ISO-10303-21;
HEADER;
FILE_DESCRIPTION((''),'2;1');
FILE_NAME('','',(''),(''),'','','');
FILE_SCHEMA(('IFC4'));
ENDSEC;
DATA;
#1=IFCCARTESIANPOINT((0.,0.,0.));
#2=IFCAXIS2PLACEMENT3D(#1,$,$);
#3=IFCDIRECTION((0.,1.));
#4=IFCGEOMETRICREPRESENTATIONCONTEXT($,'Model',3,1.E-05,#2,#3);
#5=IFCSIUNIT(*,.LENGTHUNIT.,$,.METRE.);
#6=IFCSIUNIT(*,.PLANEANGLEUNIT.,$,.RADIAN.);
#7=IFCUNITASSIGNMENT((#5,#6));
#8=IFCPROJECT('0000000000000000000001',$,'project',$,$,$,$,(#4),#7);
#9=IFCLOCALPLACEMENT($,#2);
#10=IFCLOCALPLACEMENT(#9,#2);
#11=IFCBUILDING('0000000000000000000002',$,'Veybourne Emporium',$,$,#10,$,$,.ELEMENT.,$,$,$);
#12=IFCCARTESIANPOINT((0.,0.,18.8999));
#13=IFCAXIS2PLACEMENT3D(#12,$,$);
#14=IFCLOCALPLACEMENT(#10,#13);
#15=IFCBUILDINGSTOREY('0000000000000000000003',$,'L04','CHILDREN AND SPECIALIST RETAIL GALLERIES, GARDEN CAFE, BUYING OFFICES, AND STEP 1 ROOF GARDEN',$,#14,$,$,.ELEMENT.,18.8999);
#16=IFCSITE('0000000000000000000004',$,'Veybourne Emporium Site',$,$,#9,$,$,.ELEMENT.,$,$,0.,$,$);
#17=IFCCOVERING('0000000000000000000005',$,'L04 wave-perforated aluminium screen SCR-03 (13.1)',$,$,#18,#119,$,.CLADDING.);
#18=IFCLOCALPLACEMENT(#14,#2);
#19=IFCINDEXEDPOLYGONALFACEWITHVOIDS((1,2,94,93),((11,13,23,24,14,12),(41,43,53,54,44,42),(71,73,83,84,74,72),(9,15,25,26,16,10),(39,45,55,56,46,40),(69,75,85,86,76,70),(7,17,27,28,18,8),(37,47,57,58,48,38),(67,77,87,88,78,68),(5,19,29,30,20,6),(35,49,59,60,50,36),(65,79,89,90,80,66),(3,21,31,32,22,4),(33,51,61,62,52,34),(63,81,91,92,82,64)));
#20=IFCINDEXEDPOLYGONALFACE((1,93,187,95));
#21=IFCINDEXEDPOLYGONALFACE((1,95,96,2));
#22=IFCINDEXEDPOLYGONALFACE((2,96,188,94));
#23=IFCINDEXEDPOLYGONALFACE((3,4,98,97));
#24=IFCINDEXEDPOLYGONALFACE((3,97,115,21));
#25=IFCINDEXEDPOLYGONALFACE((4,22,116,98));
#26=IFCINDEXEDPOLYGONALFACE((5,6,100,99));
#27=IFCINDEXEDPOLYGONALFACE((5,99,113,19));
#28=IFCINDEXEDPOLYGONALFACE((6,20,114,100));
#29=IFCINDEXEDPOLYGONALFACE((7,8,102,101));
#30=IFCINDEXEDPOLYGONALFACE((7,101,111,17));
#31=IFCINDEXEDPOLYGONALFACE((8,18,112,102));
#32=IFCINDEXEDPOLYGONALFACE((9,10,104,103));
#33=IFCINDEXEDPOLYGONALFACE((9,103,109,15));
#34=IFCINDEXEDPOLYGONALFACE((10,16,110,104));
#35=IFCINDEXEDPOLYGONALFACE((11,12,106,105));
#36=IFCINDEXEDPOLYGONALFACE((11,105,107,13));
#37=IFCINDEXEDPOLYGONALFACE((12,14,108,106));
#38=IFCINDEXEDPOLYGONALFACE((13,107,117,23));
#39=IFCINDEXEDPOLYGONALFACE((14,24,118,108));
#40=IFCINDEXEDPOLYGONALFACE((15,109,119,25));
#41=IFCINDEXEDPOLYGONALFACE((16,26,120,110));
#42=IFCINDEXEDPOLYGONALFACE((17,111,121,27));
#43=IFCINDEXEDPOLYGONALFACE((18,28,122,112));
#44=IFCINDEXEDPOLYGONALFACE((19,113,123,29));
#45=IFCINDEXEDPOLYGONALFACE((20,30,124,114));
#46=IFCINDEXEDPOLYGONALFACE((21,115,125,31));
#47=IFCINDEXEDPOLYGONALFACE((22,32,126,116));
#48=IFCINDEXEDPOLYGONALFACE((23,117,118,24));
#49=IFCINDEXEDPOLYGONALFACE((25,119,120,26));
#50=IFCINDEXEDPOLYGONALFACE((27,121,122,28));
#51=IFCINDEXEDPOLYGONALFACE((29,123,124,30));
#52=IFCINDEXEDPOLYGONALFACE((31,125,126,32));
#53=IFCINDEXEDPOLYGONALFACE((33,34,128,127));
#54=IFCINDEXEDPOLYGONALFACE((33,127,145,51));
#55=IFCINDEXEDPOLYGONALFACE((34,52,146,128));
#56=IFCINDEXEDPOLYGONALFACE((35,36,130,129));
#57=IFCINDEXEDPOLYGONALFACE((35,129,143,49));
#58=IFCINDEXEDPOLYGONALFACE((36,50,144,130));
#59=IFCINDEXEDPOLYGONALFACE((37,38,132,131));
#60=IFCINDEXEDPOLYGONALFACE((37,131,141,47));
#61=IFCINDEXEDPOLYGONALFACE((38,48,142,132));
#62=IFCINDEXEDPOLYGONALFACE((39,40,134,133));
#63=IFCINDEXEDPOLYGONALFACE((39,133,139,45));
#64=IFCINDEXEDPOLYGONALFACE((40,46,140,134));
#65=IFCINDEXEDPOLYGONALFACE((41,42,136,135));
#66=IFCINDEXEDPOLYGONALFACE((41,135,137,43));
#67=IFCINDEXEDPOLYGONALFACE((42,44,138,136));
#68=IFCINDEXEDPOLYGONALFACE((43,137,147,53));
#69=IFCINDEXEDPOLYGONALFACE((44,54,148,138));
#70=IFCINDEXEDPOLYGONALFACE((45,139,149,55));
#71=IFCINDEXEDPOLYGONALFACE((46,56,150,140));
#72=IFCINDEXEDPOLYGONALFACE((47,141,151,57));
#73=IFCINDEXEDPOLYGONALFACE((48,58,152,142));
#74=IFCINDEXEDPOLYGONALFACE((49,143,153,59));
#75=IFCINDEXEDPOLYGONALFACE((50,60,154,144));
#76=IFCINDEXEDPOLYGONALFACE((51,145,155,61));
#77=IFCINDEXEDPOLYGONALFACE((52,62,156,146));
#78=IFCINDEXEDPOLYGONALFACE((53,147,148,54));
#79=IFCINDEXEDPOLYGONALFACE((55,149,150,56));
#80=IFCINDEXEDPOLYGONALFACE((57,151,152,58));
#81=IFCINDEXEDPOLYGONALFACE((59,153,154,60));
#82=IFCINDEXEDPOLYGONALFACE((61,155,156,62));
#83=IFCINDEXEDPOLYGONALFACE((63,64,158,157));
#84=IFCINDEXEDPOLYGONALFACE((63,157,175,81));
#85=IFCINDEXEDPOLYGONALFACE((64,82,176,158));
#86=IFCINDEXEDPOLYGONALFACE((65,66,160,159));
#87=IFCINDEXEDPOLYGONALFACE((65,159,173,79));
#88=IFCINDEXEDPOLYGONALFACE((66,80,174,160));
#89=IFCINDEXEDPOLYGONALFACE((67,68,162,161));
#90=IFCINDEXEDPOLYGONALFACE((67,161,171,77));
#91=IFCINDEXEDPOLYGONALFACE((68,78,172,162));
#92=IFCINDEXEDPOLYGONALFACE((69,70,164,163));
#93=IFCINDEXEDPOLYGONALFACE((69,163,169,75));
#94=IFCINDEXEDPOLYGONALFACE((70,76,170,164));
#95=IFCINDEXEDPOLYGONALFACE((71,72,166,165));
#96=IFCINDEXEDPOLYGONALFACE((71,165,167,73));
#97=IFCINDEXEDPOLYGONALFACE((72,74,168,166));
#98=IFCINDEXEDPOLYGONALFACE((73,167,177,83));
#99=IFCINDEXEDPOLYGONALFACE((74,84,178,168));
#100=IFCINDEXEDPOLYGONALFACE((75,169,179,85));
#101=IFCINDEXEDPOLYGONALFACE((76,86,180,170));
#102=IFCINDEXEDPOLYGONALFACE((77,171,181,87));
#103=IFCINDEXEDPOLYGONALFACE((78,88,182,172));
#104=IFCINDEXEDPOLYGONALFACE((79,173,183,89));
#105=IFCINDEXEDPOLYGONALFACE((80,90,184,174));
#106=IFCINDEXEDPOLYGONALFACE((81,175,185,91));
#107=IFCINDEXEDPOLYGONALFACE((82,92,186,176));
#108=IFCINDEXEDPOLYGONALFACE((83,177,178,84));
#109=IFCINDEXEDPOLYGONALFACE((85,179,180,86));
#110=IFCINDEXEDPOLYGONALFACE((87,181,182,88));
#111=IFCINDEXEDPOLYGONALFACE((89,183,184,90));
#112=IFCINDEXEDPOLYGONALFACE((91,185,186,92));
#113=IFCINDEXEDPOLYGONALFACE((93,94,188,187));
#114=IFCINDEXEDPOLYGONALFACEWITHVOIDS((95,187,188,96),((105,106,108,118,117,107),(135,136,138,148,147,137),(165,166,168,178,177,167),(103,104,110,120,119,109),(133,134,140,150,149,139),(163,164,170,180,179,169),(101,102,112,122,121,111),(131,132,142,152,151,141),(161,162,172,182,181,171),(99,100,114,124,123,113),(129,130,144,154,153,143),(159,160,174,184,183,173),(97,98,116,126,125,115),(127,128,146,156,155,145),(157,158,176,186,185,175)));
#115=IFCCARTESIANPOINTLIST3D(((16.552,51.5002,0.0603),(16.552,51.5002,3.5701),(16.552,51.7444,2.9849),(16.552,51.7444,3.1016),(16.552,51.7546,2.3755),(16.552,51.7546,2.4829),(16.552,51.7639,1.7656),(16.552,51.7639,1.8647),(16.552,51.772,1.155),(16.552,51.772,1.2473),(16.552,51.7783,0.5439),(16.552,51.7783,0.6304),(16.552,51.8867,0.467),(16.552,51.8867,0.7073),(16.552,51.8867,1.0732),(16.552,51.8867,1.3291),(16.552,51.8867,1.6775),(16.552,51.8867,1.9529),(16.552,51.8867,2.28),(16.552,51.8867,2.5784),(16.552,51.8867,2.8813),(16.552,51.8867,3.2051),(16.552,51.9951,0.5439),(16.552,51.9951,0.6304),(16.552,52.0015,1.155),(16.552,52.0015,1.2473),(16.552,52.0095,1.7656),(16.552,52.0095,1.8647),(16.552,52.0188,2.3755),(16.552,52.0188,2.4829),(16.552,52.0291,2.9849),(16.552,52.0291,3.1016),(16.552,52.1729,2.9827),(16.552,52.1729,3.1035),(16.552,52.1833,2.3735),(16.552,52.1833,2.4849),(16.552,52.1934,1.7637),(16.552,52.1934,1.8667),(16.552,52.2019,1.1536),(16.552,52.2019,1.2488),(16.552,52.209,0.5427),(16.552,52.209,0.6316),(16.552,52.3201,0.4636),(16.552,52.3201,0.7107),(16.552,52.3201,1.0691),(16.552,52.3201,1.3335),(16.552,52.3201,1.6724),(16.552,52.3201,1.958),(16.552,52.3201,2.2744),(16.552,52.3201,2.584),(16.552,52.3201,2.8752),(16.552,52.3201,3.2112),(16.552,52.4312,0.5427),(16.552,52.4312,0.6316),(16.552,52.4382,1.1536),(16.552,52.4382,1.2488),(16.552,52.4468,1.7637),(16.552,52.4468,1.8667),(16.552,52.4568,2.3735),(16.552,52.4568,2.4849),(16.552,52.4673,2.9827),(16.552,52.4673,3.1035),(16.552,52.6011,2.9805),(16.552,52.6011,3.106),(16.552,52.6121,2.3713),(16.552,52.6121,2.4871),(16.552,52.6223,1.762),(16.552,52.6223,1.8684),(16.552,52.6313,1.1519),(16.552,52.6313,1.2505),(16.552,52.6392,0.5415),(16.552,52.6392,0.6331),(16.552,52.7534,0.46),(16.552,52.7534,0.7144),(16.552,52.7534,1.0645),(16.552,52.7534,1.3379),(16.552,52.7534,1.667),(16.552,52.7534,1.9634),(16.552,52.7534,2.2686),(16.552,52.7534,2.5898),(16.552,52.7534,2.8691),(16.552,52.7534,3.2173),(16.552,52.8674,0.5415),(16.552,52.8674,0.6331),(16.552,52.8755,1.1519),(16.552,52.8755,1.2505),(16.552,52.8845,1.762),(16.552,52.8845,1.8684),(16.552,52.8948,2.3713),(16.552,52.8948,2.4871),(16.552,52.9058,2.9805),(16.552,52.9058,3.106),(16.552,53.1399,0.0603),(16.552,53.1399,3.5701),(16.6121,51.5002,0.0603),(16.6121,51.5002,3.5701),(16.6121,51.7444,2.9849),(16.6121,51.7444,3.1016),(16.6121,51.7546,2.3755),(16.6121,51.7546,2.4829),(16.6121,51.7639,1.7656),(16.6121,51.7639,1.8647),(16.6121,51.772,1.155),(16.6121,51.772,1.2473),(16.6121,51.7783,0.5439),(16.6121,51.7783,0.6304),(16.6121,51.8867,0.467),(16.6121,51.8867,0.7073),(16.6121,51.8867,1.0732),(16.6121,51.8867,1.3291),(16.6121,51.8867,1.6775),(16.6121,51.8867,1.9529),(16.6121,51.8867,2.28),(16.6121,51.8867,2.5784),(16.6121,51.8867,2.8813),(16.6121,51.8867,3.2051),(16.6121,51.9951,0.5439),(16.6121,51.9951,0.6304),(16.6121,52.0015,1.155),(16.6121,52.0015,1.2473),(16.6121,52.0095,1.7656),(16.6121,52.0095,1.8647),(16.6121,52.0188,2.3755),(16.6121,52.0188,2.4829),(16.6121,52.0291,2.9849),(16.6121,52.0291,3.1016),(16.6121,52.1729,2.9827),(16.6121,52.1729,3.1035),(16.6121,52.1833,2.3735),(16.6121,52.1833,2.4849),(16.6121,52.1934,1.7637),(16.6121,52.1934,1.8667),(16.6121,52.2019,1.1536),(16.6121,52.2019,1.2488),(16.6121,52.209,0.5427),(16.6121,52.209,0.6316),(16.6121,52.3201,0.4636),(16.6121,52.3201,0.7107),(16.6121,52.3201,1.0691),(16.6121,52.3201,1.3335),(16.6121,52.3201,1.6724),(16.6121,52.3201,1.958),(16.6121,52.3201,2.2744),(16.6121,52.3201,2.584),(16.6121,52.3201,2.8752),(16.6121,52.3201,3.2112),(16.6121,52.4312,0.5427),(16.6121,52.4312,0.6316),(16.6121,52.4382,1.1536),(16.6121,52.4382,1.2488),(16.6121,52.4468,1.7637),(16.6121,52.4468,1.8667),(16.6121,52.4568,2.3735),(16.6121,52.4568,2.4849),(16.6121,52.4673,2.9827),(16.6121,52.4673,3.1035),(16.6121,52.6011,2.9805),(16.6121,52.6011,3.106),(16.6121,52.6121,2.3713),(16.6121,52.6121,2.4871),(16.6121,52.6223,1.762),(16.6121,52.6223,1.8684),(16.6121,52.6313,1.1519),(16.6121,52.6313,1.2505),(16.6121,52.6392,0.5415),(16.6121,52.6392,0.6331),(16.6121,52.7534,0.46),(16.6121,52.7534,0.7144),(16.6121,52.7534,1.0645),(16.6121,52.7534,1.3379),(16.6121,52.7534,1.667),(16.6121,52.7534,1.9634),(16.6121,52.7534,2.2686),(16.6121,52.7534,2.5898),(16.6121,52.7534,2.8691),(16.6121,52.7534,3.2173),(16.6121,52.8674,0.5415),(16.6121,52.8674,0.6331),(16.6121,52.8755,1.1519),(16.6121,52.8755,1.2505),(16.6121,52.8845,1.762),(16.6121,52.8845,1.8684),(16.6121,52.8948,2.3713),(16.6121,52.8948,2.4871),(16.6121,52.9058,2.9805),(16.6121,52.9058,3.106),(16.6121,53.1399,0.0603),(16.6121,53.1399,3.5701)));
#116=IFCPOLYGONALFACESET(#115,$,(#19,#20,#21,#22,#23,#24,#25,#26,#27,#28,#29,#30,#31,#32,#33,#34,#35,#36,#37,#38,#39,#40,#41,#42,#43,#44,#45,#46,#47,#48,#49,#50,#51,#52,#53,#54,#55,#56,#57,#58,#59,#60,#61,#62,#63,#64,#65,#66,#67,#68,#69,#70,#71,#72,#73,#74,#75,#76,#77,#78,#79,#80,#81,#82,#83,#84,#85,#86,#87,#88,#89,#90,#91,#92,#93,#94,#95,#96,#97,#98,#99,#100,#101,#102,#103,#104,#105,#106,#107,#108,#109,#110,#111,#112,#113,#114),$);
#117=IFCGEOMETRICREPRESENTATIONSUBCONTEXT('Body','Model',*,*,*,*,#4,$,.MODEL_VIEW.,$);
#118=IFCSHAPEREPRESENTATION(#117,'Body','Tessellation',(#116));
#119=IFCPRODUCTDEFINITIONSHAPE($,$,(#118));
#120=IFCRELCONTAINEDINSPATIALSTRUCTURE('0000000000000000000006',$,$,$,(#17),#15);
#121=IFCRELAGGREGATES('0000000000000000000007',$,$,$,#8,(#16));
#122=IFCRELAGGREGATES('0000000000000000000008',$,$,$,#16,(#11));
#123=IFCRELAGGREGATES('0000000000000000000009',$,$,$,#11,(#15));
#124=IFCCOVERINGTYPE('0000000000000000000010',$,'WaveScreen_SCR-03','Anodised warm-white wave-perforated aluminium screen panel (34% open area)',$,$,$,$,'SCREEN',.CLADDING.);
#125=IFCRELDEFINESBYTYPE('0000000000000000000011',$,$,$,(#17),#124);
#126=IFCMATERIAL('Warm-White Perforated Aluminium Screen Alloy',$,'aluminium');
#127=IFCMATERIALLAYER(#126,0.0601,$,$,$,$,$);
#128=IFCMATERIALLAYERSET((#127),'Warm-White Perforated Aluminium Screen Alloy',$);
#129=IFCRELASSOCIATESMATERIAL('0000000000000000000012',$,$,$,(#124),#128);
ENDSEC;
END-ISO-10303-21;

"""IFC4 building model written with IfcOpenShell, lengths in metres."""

from ifc_helpers import new_model, si_unit, direction, frame, origin, place, context, subcontext, project, spatial, polyline, outline, extrude, material, layer, layer_set, type_object, element, save


model = new_model("IFC4")

# Units and contexts
model_context = context("Model", 3, precision=1e-05, world=origin(), true_north=direction((0.0, 1.0)))
body_context = subcontext(model_context, "Body", "Model", "MODEL_VIEW")
ifc_project = project(units=[si_unit("LENGTHUNIT", "METRE"), si_unit("PLANEANGLEUNIT", "RADIAN")], contexts=[model_context])

# Site, building, storey
site_placement = place(None, origin())
site = spatial("IfcSite", under=ifc_project, at=site_placement, Name="Veybourne Emporium Site", CompositionType="ELEMENT", RefElevation=0.0)
building_placement = place(site_placement, origin())
building = spatial("IfcBuilding", under=site, at=building_placement, Name="Veybourne Emporium", CompositionType="ELEMENT")
storey_placement = place(building_placement, frame((0.0, 0.0, 18.8999)))
storey = spatial("IfcBuildingStorey", under=building, at=storey_placement, Name="L04", Description="CHILDREN AND SPECIALIST RETAIL GALLERIES, GARDEN CAFE, BUYING OFFICES, AND STEP 1 ROOF GARDEN", CompositionType="ELEMENT", Elevation=18.8999)

# Covering
ifc_material_1 = material(Name="Warm-White Perforated Aluminium Screen Alloy", Category="aluminium")
ifc_layer_1 = layer(ifc_material_1, 0.0601)
ifc_layer_set_1 = layer_set([ifc_layer_1], Name="Warm-White Perforated Aluminium Screen Alloy")
covering_type_1 = type_object("IfcCoveringType", Name="WaveScreen_SCR-03", Description="Anodised warm-white wave-perforated aluminium screen panel (34% open area)", ElementType="SCREEN", PredefinedType="CLADDING", material=ifc_layer_set_1)
covering_1_placement = place(storey_placement, frame((16.552, 52.3201, 1.8152), z_axis=(1.0, 0.0, 0.0), x_axis=(0.0, 1.0, 0.0)))
element("IfcCovering", 1, at=covering_1_placement, inside=storey, type_object=covering_type_1, Name="L04 wave-perforated aluminium screen SCR-03 (13.1)", PredefinedType="CLADDING", context=body_context, shape_type="SweptSolid", body=[
    extrude(outline(polyline([(-0.8198, -1.7549), (0.8198, -1.7549), (0.8198, 1.7549), (-0.8198, 1.7549), (-0.8198, -1.7549)]), holes=[polyline([(-0.4333, -1.1079), (-0.325, -1.1848), (-0.325, -1.2712), (-0.4333, -1.3481), (-0.5417, -1.2712), (-0.5417, -1.1848), (-0.4333, -1.1079)]), polyline([(-0.4333, -0.4861), (-0.3186, -0.5679), (-0.3186, -0.6602), (-0.4333, -0.7419), (-0.5481, -0.6602), (-0.5481, -0.5679), (-0.4333, -0.4861)]), polyline([(-0.4333, 0.1377), (-0.3105, 0.0496), (-0.3105, -0.0496), (-0.4333, -0.1377), (-0.5562, -0.0496), (-0.5562, 0.0496), (-0.4333, 0.1377)]), polyline([(-0.4333, 0.7632), (-0.3013, 0.6677), (-0.3013, 0.5603), (-0.4333, 0.4648), (-0.5654, 0.5603), (-0.5654, 0.6677), (-0.4333, 0.7632)]), polyline([(-0.4333, 1.3899), (-0.291, 1.2864), (-0.291, 1.1697), (-0.4333, 1.0662), (-0.5757, 1.1697), (-0.5757, 1.2864), (-0.4333, 1.3899)]), polyline([(0.0, -1.1045), (0.1111, -1.1836), (0.1111, -1.2725), (0.0, -1.3516), (-0.1111, -1.2725), (-0.1111, -1.1836), (0.0, -1.1045)]), polyline([(0.0, -0.4817), (0.1182, -0.5664), (0.1182, -0.6616), (0.0, -0.7461), (-0.1182, -0.6616), (-0.1182, -0.5664), (0.0, -0.4817)]), polyline([(0.0, 0.1428), (0.1267, 0.0515), (0.1267, -0.0515), (0.0, -0.1428), (-0.1267, -0.0515), (-0.1267, 0.0515), (0.0, 0.1428)]), polyline([(0.0, 0.7688), (0.1367, 0.6697), (0.1367, 0.5583), (0.0, 0.4592), (-0.1367, 0.5583), (-0.1367, 0.6697), (0.0, 0.7688)]), polyline([(0.0, 1.396), (0.1472, 1.2883), (0.1472, 1.1675), (0.0, 1.0601), (-0.1472, 1.1675), (-0.1472, 1.2883), (0.0, 1.396)]), polyline([(0.4333, -1.1008), (0.5474, -1.1821), (0.5474, -1.2737), (0.4333, -1.3552), (0.3191, -1.2737), (0.3191, -1.1821), (0.4333, -1.1008)]), polyline([(0.4333, -0.4773), (0.5554, -0.5647), (0.5554, -0.6633), (0.4333, -0.7507), (0.3113, -0.6633), (0.3113, -0.5647), (0.4333, -0.4773)]), polyline([(0.4333, 0.1482), (0.5645, 0.0532), (0.5645, -0.0532), (0.4333, -0.1482), (0.3022, -0.0532), (0.3022, 0.0532), (0.4333, 0.1482)]), polyline([(0.4333, 0.7747), (0.5747, 0.6719), (0.5747, 0.5562), (0.4333, 0.4534), (0.292, 0.5562), (0.292, 0.6719), (0.4333, 0.7747)]), polyline([(0.4333, 1.4021), (0.5857, 1.2908), (0.5857, 1.1653), (0.4333, 1.054), (0.281, 1.1653), (0.281, 1.2908), (0.4333, 1.4021)])]), origin(), (0.0, 0.0, 1.0), 0.0601),
])

save(model, "model.ifc")
